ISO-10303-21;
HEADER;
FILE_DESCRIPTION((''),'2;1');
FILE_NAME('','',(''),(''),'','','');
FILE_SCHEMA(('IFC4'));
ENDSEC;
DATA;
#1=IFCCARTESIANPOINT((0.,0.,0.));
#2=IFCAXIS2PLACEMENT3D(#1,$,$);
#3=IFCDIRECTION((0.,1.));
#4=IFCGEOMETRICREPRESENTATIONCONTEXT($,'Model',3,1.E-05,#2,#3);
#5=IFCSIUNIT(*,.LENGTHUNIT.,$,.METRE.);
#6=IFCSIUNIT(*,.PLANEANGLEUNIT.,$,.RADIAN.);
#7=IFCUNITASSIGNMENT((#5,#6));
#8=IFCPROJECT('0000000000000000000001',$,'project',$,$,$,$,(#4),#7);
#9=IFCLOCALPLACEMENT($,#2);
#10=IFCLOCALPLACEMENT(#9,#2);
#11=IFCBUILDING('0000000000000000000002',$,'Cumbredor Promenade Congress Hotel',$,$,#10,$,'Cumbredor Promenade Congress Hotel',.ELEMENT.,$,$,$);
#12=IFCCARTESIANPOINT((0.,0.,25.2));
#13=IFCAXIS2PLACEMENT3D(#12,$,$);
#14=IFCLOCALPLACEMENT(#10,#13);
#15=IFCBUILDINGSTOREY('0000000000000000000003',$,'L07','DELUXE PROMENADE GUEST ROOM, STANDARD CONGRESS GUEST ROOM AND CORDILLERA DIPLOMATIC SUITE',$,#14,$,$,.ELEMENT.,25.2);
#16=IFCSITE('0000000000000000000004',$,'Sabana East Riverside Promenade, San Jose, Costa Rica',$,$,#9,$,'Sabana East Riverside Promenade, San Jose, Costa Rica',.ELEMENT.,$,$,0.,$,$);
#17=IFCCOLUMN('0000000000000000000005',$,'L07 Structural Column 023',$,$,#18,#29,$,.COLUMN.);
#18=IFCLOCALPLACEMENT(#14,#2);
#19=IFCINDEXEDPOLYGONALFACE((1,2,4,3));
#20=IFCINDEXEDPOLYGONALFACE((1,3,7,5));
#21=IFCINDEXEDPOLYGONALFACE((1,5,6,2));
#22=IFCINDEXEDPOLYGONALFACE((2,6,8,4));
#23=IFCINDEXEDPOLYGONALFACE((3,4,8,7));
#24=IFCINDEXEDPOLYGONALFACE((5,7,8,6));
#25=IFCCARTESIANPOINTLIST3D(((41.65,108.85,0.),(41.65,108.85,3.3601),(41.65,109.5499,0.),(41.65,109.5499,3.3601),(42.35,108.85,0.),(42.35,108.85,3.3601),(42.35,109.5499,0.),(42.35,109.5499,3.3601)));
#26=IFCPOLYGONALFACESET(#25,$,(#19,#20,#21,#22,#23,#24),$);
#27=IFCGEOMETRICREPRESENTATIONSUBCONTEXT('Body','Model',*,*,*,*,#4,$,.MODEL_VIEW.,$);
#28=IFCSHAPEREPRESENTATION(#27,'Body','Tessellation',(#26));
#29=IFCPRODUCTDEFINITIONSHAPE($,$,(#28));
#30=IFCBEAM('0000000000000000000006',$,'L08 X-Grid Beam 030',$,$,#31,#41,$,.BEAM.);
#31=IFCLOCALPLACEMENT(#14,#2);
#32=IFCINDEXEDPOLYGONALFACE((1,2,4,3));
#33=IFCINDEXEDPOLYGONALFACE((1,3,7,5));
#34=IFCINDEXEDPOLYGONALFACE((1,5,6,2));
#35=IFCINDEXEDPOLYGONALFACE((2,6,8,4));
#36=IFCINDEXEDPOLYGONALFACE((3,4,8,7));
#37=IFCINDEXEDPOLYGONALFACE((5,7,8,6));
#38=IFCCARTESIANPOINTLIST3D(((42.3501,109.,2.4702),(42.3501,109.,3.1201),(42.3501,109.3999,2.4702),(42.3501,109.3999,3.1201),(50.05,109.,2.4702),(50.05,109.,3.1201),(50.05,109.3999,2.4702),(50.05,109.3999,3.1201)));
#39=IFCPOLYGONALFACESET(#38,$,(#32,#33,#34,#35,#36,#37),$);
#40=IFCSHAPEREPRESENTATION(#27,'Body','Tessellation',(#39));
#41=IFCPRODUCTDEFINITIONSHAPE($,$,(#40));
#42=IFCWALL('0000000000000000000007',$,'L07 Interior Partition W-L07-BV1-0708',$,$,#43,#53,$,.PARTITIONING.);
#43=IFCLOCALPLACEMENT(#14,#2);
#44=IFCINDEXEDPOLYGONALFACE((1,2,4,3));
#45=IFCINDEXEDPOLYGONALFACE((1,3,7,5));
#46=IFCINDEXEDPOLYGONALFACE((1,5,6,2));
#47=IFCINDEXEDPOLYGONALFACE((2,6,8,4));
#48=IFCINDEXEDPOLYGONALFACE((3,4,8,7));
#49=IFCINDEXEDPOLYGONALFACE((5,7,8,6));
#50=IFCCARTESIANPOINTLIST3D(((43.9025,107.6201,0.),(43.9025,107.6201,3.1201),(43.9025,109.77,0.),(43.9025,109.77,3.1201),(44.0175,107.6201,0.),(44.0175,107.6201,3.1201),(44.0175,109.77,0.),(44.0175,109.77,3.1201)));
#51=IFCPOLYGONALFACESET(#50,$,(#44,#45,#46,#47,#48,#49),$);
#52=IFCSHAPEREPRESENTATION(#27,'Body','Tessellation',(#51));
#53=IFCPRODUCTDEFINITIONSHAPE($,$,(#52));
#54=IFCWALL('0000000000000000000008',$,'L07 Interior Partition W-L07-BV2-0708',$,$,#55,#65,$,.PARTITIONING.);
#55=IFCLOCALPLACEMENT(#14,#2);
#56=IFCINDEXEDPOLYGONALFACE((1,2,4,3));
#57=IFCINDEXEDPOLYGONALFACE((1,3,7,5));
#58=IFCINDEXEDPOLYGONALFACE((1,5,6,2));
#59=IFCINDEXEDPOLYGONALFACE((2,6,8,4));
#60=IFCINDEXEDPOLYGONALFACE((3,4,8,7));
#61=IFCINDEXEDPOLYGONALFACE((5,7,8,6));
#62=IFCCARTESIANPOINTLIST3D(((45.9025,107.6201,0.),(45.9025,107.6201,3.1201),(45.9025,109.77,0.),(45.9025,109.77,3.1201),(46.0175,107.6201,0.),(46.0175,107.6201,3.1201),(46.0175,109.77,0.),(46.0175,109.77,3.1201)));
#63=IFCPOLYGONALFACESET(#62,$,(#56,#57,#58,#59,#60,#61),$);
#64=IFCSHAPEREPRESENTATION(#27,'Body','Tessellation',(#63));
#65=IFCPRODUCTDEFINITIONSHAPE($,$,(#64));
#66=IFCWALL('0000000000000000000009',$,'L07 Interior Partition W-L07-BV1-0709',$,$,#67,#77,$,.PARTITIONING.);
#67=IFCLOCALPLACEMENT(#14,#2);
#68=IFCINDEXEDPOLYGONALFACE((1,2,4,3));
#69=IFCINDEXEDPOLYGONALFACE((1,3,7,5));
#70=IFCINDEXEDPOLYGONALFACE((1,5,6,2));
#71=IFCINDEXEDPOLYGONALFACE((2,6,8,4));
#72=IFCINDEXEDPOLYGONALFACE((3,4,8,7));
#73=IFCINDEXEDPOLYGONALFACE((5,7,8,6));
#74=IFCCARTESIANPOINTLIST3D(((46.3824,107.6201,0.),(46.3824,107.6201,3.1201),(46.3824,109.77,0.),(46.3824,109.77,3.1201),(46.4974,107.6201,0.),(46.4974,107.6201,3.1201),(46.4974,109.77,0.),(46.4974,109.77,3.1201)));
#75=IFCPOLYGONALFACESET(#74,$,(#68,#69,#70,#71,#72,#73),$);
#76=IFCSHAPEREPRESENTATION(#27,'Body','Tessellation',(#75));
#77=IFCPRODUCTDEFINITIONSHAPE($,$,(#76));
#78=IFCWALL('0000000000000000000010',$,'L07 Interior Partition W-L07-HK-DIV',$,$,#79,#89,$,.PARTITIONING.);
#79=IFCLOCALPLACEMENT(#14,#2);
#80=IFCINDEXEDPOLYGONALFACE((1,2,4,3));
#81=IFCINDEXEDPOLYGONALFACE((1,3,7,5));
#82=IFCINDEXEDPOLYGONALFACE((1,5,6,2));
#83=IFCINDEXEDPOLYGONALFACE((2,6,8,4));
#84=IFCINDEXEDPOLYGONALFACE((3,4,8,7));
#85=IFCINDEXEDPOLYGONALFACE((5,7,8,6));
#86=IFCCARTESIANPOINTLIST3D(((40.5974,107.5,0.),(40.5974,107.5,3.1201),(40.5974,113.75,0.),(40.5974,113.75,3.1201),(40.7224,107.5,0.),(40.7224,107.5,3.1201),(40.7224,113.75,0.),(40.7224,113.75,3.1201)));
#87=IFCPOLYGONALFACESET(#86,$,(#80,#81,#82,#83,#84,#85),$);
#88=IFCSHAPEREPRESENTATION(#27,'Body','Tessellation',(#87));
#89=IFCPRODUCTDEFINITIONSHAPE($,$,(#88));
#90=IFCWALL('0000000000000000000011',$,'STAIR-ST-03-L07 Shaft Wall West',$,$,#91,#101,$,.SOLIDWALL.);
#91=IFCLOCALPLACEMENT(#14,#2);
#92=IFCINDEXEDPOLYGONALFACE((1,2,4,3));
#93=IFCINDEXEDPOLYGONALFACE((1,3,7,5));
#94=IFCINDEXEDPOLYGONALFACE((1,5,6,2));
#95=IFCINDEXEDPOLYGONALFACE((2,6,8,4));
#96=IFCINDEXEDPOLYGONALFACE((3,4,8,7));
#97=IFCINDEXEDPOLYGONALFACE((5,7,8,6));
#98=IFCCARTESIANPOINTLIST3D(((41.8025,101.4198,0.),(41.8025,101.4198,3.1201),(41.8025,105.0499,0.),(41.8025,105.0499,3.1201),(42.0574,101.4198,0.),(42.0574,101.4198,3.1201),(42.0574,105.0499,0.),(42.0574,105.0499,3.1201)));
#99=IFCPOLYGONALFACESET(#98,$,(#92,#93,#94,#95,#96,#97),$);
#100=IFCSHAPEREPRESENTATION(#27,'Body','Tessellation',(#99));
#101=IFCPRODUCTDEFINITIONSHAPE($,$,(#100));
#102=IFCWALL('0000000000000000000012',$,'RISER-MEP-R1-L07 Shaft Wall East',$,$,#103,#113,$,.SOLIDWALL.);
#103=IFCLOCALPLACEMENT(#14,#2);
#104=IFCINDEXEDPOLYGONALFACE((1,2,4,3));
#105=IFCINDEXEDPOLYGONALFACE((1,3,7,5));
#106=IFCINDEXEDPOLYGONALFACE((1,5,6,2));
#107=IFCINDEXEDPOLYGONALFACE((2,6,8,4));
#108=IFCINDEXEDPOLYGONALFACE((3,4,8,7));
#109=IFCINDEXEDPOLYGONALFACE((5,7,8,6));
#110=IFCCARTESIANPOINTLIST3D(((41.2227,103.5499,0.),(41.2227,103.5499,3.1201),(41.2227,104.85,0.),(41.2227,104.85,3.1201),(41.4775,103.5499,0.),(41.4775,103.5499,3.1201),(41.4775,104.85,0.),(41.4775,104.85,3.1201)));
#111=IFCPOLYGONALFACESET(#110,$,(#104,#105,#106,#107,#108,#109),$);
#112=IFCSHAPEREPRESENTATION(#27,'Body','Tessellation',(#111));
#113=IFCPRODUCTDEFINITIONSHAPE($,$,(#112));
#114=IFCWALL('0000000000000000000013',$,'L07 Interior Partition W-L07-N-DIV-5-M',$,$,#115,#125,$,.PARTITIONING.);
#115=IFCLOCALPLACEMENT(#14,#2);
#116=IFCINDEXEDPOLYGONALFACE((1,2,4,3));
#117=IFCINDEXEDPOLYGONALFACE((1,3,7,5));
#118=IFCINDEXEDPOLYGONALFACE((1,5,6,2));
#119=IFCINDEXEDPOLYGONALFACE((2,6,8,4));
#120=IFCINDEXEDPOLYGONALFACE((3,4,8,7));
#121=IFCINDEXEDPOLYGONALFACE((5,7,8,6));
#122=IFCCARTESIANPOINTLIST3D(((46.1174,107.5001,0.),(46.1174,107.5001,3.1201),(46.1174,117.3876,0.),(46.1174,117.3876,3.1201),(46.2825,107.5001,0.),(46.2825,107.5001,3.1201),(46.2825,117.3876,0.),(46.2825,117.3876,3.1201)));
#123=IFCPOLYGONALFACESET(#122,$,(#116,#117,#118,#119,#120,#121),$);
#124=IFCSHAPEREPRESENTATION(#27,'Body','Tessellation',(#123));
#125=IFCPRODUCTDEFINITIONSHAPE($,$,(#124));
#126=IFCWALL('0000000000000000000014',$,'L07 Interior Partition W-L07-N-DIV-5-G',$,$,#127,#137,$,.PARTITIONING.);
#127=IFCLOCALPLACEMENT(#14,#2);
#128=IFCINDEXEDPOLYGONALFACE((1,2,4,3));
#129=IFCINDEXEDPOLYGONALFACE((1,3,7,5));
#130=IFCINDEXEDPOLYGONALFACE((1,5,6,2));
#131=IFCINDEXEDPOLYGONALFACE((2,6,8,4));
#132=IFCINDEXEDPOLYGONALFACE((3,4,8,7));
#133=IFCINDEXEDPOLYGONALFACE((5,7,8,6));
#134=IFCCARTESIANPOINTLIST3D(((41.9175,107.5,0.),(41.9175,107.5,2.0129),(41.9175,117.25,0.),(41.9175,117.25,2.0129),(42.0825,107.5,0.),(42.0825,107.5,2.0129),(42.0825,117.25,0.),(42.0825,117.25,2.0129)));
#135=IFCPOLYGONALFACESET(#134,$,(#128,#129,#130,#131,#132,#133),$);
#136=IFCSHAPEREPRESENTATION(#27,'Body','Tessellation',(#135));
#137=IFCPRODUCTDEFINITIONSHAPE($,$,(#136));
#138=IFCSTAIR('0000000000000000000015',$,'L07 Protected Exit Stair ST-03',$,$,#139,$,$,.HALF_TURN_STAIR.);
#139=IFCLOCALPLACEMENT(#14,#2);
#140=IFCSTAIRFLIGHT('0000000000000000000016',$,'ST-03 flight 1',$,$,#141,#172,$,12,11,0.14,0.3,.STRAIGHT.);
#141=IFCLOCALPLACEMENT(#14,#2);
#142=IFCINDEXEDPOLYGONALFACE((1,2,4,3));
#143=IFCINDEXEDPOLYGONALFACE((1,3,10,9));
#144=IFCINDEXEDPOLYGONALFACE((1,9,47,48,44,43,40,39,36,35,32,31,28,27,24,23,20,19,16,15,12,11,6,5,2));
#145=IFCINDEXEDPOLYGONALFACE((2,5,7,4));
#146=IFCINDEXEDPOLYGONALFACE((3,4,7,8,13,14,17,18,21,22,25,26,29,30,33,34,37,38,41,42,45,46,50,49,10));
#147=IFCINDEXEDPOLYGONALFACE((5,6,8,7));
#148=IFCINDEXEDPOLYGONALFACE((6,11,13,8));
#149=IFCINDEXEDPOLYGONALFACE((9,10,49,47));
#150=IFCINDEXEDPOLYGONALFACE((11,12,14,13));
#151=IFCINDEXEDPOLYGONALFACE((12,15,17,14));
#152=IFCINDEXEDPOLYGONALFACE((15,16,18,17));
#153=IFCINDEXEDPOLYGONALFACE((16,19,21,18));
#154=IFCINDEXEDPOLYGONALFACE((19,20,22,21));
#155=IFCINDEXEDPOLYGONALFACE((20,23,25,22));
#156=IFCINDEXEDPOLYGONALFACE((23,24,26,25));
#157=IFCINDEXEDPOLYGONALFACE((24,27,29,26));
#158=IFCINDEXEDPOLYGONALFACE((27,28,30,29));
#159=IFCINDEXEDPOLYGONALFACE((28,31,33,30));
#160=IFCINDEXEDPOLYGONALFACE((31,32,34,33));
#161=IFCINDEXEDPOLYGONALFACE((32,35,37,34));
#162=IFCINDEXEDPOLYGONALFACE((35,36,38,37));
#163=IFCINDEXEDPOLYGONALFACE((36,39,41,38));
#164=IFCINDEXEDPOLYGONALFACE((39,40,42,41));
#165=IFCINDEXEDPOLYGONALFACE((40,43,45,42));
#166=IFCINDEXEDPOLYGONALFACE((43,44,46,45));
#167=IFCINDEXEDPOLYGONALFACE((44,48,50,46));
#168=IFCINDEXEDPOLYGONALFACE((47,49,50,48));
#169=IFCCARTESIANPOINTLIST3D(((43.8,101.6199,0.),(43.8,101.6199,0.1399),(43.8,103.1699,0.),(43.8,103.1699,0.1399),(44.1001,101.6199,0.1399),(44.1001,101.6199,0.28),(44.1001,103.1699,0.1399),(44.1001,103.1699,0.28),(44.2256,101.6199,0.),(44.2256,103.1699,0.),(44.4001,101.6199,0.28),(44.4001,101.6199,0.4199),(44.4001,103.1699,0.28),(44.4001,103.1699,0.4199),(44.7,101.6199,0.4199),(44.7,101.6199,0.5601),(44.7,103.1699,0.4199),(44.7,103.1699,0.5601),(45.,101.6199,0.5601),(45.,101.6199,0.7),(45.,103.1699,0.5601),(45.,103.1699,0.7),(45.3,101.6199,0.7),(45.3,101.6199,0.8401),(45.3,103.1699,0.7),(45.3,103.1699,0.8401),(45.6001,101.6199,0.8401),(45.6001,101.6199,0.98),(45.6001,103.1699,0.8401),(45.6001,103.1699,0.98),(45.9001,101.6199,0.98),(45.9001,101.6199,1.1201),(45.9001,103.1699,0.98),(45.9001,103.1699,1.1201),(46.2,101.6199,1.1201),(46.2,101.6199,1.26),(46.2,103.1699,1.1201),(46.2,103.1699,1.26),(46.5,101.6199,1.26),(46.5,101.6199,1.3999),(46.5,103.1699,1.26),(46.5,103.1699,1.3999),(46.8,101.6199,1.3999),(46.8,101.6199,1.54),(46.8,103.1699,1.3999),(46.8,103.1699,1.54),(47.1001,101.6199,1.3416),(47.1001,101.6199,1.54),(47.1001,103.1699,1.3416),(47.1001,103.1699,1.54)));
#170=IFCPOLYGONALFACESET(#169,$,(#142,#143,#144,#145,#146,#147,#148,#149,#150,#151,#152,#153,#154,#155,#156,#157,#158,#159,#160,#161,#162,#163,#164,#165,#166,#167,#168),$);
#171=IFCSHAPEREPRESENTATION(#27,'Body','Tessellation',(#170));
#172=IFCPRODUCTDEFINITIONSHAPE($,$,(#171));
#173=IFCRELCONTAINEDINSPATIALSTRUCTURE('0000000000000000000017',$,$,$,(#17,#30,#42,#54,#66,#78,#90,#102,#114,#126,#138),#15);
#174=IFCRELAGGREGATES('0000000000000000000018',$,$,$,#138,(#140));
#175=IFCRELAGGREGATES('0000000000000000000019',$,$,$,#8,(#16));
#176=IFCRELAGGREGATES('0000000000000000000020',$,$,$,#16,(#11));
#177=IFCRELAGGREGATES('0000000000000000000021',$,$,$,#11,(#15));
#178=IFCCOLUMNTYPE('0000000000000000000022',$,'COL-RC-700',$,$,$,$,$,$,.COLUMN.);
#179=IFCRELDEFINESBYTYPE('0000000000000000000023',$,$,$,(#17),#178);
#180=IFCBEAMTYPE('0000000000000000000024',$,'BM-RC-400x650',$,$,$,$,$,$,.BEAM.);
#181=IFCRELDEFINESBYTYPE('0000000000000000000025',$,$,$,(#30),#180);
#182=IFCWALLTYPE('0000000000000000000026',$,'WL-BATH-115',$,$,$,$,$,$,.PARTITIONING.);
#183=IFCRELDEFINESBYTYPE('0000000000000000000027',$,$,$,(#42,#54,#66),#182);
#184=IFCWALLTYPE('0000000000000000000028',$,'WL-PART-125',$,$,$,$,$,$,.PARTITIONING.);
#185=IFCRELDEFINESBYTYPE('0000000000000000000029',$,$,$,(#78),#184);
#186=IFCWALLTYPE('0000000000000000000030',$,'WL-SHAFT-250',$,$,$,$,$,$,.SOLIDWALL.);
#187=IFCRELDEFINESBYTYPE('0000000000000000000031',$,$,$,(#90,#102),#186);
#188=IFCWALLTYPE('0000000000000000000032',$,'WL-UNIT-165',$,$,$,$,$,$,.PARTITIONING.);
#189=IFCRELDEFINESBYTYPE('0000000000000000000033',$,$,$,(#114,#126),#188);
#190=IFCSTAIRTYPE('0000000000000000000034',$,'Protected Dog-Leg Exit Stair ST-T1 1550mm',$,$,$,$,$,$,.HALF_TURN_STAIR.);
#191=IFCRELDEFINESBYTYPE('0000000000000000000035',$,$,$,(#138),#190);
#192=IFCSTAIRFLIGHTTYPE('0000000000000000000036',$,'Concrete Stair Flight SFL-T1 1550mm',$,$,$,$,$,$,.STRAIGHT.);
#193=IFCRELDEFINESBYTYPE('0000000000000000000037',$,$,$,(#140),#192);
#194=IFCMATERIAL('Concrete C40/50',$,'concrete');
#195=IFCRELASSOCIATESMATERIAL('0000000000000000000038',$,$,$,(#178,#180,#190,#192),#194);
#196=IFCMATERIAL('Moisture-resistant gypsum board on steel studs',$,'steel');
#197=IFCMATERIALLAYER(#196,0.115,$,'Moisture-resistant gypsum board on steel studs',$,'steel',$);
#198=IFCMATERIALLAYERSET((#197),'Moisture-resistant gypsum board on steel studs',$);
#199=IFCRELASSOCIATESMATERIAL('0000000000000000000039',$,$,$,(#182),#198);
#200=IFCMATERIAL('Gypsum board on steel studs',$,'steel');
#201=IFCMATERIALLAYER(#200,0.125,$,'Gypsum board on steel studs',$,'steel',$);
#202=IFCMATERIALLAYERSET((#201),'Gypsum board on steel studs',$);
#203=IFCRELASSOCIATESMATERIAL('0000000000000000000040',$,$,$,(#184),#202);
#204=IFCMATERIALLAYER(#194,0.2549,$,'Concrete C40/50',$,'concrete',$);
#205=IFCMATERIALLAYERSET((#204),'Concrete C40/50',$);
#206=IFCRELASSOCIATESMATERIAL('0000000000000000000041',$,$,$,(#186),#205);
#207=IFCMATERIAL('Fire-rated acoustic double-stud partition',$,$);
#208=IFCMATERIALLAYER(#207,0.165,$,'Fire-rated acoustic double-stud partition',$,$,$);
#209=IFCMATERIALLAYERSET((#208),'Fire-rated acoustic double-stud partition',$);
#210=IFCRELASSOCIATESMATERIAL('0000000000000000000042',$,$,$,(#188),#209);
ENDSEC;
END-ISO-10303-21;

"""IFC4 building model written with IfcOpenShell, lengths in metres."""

from ifc_helpers import new_model, si_unit, direction, frame, frame_2d, origin, origin_2d, place, context, subcontext, project, spatial, polyline, rectangle, outline, extrude, material, layer, layer_set, material_profile, profile_set, type_object, element, aggregate, save


model = new_model("IFC4")

# Units and contexts
model_context = context("Model", 3, precision=1e-05, world=origin(), true_north=direction((0.0, 1.0)))
body_context = subcontext(model_context, "Body", "Model", "MODEL_VIEW")
ifc_project = project(units=[si_unit("LENGTHUNIT", "METRE"), si_unit("PLANEANGLEUNIT", "RADIAN")], contexts=[model_context])

# Site, building, storey
site_placement = place(None, origin())
site = spatial("IfcSite", under=ifc_project, at=site_placement, Name="Sabana East Riverside Promenade, San Jose, Costa Rica", LongName="Sabana East Riverside Promenade, San Jose, Costa Rica", CompositionType="ELEMENT", RefElevation=0.0)
building_placement = place(site_placement, origin())
building = spatial("IfcBuilding", under=site, at=building_placement, Name="Cumbredor Promenade Congress Hotel", LongName="Cumbredor Promenade Congress Hotel", CompositionType="ELEMENT")
storey_placement = place(building_placement, frame((0.0, 0.0, 25.2)))
storey = spatial("IfcBuildingStorey", under=building, at=storey_placement, Name="L07", Description="DELUXE PROMENADE GUEST ROOM, STANDARD CONGRESS GUEST ROOM AND CORDILLERA DIPLOMATIC SUITE", CompositionType="ELEMENT", Elevation=25.2)

# Column
ifc_material_1 = material(Name="Concrete C40/50", Category="concrete")
ifc_material_profile_1 = material_profile(ifc_material_1, rectangle(XDim=0.7, YDim=0.7, at=origin_2d()), Name="RC 700x700")
ifc_profile_set_1 = profile_set([ifc_material_profile_1], Name="Concrete C40/50")
column_type = type_object("IfcColumnType", Name="COL-RC-700", PredefinedType="COLUMN", material=ifc_profile_set_1)
column_placement = place(storey_placement, frame((42.0, 109.2, 0.0), z_axis=(0.0, 0.0, 1.0), x_axis=(1.0, 0.0, 0.0)))
element("IfcColumn", 1, at=column_placement, inside=storey, type_object=column_type, Name="L07 Structural Column 023", PredefinedType="COLUMN", context=body_context, shape_type="SweptSolid", body=[
    extrude(rectangle(XDim=0.7, YDim=0.7, at=origin_2d()), origin(), (0.0, 0.0, 1.0), 3.3601),
])

# Beam
ifc_material_profile_2 = material_profile(ifc_material_1, rectangle(XDim=0.3999, YDim=0.6499, at=origin_2d()), Name="RC BEAM 400x650")
ifc_profile_set_2 = profile_set([ifc_material_profile_2], Name="Concrete C40/50")
beam_type = type_object("IfcBeamType", Name="BM-RC-400x650", PredefinedType="BEAM", material=ifc_profile_set_2)
beam_placement = place(storey_placement, frame((42.3501, 109.2, 2.7952), z_axis=(1.0, 0.0, 0.0), x_axis=(0.0, 1.0, 0.0)))
element("IfcBeam", 2, at=beam_placement, inside=storey, type_object=beam_type, Name="L08 X-Grid Beam 030", PredefinedType="BEAM", context=body_context, shape_type="SweptSolid", body=[
    extrude(rectangle(XDim=0.3999, YDim=0.6499, at=origin_2d()), origin(), (0.0, 0.0, 1.0), 7.7),
])

# Walls
ifc_material_2 = material(Name="Moisture-resistant gypsum board on steel studs", Category="steel")
ifc_layer_1 = layer(ifc_material_2, 0.115, Name="Moisture-resistant gypsum board on steel studs", Category="steel")
ifc_layer_set_1 = layer_set([ifc_layer_1], Name="Moisture-resistant gypsum board on steel studs")
wall_type_1 = type_object("IfcWallType", Name="WL-BATH-115", PredefinedType="PARTITIONING", material=ifc_layer_set_1)
for number, where, z_axis, x_axis, name in (
    (3, (43.96, 107.6201, 0.0), (0.0, 0.0, 1.0), (0.0, 1.0, 0.0), "L07 Interior Partition W-L07-BV1-0708"),
    (4, (45.96, 107.6201, 0.0), (0.0, 0.0, 1.0), (0.0, 1.0, 0.0), "L07 Interior Partition W-L07-BV2-0708"),
    (5, (46.4399, 107.6201, 0.0), (0.0, 0.0, 1.0), (0.0, 1.0, 0.0), "L07 Interior Partition W-L07-BV1-0709"),
):
    element("IfcWall", number, at=place(storey_placement, frame(where, z_axis=z_axis, x_axis=x_axis)), inside=storey, type_object=wall_type_1, Name=name, PredefinedType="PARTITIONING", context=body_context, shape_type="SweptSolid", body=[
        extrude(rectangle(XDim=2.1499, YDim=0.115, at=frame_2d((1.075, 0.0))), origin(), (0.0, 0.0, 1.0), 3.1201),
    ])
ifc_material_3 = material(Name="Gypsum board on steel studs", Category="steel")
ifc_layer_2 = layer(ifc_material_3, 0.125, Name="Gypsum board on steel studs", Category="steel")
ifc_layer_set_2 = layer_set([ifc_layer_2], Name="Gypsum board on steel studs")
wall_type_2 = type_object("IfcWallType", Name="WL-PART-125", PredefinedType="PARTITIONING", material=ifc_layer_set_2)
wall_1_placement = place(storey_placement, frame((40.6599, 107.5, 0.0), z_axis=(0.0, 0.0, 1.0), x_axis=(0.0, 1.0, 0.0)))
element("IfcWall", 6, at=wall_1_placement, inside=storey, type_object=wall_type_2, Name="L07 Interior Partition W-L07-HK-DIV", PredefinedType="PARTITIONING", context=body_context, shape_type="SweptSolid", body=[
    extrude(rectangle(XDim=6.25, YDim=0.125, at=frame_2d((3.125, 0.0))), origin(), (0.0, 0.0, 1.0), 3.1201),
])

# Shared definitions
ifc_layer_3 = layer(ifc_material_1, 0.2549, Name="Concrete C40/50", Category="concrete")
ifc_layer_set_3 = layer_set([ifc_layer_3], Name="Concrete C40/50")
wall_type_3 = type_object("IfcWallType", Name="WL-SHAFT-250", PredefinedType="SOLIDWALL", material=ifc_layer_set_3)

# Walls
wall_2_placement = place(storey_placement, frame((41.9299, 101.4199, 0.0), z_axis=(0.0, 0.0, 1.0), x_axis=(0.0, 1.0, 0.0)))
element("IfcWall", 7, at=wall_2_placement, inside=storey, type_object=wall_type_3, Name="STAIR-ST-03-L07 Shaft Wall West", PredefinedType="SOLIDWALL", context=body_context, shape_type="SweptSolid", body=[
    extrude(rectangle(XDim=3.6301, YDim=0.2549, at=frame_2d((1.8149, 0.0))), origin(), (0.0, 0.0, 1.0), 3.1201),
])
wall_3_placement = place(storey_placement, frame((41.3501, 103.55, 0.0), z_axis=(0.0, 0.0, 1.0), x_axis=(0.0, 1.0, 0.0)))
element("IfcWall", 8, at=wall_3_placement, inside=storey, type_object=wall_type_3, Name="RISER-MEP-R1-L07 Shaft Wall East", PredefinedType="SOLIDWALL", context=body_context, shape_type="SweptSolid", body=[
    extrude(rectangle(XDim=1.3, YDim=0.2549, at=frame_2d((0.6499, 0.0))), origin(), (0.0, 0.0, 1.0), 3.1201),
])
ifc_material_4 = material(Name="Fire-rated acoustic double-stud partition")
ifc_layer_4 = layer(ifc_material_4, 0.165, Name="Fire-rated acoustic double-stud partition")
ifc_layer_set_4 = layer_set([ifc_layer_4], Name="Fire-rated acoustic double-stud partition")
wall_type_4 = type_object("IfcWallType", Name="WL-UNIT-165", PredefinedType="PARTITIONING", material=ifc_layer_set_4)
wall_4_placement = place(storey_placement, frame((46.2, 107.5, 0.0), z_axis=(0.0, 0.0, 1.0), x_axis=(0.0, 1.0, 0.0)))
element("IfcWall", 9, at=wall_4_placement, inside=storey, type_object=wall_type_4, Name="L07 Interior Partition W-L07-N-DIV-5-M", PredefinedType="PARTITIONING", context=body_context, shape_type="SweptSolid", body=[
    extrude(rectangle(XDim=9.8875, YDim=0.165, at=frame_2d((4.9438, 0.0))), origin(), (0.0, 0.0, 1.0), 3.1201),
])
wall_5_placement = place(storey_placement, frame((42.0, 107.5, 0.0), z_axis=(0.0, 0.0, 1.0), x_axis=(0.0, 1.0, 0.0)))
element("IfcWall", 10, at=wall_5_placement, inside=storey, type_object=wall_type_4, Name="L07 Interior Partition W-L07-N-DIV-5-G", PredefinedType="PARTITIONING", context=body_context, shape_type="SweptSolid", body=[
    extrude(rectangle(XDim=9.75, YDim=0.165, at=frame_2d((4.875, 0.0))), origin(), (0.0, 0.0, 1.0), 2.0129),
])

# Stair, stair flight
stair_type = type_object("IfcStairType", Name="Protected Dog-Leg Exit Stair ST-T1 1550mm", PredefinedType="HALF_TURN_STAIR", material=ifc_material_1)
stair_placement = place(storey_placement, origin())
stair = element("IfcStair", 11, at=stair_placement, inside=storey, type_object=stair_type, Name="L07 Protected Exit Stair ST-03", PredefinedType="HALF_TURN_STAIR")
stair_flight_type = type_object("IfcStairFlightType", Name="Concrete Stair Flight SFL-T1 1550mm", PredefinedType="STRAIGHT", material=ifc_material_1)
stair_flight_placement = place(storey_placement, frame((43.8, 102.395, 0.0), z_axis=(0.0, 0.0, 1.0), x_axis=(1.0, 0.0, 0.0)))
stair_flight = element("IfcStairFlight", 12, at=stair_flight_placement, type_object=stair_flight_type, Name="ST-03 flight 1", NumberOfRisers=12, NumberOfTreads=11, PredefinedType="STRAIGHT", RiserHeight=0.14, TreadLength=0.3, context=body_context, shape_type="SweptSolid", body=[
    extrude(outline(polyline([(0.0, 0.0), (0.0, 0.1399), (0.3, 0.1399), (0.3, 0.28), (0.6001, 0.28), (0.6001, 0.4199), (0.8999, 0.4199), (0.8999, 0.5601), (1.2, 0.5601), (1.2, 0.7), (1.5, 0.7), (1.5, 0.8401), (1.8, 0.8401), (1.8, 0.98), (2.1001, 0.98), (2.1001, 1.1201), (2.3999, 1.1201), (2.3999, 1.26), (2.7, 1.26), (2.7, 1.3999), (3.0, 1.3999), (3.0, 1.54), (3.3, 1.54), (3.3, 1.6799), (3.3, 1.3416), (0.4255, 0.0), (0.0, 0.0)])), frame((0.0, 0.7749, 0.0), z_axis=(0.0, -1.0, 0.0), x_axis=(1.0, 0.0, 0.0)), (0.0, 0.0, 1.0), 1.55),
])
aggregate(stair, [stair_flight])

save(model, "model.ifc")
